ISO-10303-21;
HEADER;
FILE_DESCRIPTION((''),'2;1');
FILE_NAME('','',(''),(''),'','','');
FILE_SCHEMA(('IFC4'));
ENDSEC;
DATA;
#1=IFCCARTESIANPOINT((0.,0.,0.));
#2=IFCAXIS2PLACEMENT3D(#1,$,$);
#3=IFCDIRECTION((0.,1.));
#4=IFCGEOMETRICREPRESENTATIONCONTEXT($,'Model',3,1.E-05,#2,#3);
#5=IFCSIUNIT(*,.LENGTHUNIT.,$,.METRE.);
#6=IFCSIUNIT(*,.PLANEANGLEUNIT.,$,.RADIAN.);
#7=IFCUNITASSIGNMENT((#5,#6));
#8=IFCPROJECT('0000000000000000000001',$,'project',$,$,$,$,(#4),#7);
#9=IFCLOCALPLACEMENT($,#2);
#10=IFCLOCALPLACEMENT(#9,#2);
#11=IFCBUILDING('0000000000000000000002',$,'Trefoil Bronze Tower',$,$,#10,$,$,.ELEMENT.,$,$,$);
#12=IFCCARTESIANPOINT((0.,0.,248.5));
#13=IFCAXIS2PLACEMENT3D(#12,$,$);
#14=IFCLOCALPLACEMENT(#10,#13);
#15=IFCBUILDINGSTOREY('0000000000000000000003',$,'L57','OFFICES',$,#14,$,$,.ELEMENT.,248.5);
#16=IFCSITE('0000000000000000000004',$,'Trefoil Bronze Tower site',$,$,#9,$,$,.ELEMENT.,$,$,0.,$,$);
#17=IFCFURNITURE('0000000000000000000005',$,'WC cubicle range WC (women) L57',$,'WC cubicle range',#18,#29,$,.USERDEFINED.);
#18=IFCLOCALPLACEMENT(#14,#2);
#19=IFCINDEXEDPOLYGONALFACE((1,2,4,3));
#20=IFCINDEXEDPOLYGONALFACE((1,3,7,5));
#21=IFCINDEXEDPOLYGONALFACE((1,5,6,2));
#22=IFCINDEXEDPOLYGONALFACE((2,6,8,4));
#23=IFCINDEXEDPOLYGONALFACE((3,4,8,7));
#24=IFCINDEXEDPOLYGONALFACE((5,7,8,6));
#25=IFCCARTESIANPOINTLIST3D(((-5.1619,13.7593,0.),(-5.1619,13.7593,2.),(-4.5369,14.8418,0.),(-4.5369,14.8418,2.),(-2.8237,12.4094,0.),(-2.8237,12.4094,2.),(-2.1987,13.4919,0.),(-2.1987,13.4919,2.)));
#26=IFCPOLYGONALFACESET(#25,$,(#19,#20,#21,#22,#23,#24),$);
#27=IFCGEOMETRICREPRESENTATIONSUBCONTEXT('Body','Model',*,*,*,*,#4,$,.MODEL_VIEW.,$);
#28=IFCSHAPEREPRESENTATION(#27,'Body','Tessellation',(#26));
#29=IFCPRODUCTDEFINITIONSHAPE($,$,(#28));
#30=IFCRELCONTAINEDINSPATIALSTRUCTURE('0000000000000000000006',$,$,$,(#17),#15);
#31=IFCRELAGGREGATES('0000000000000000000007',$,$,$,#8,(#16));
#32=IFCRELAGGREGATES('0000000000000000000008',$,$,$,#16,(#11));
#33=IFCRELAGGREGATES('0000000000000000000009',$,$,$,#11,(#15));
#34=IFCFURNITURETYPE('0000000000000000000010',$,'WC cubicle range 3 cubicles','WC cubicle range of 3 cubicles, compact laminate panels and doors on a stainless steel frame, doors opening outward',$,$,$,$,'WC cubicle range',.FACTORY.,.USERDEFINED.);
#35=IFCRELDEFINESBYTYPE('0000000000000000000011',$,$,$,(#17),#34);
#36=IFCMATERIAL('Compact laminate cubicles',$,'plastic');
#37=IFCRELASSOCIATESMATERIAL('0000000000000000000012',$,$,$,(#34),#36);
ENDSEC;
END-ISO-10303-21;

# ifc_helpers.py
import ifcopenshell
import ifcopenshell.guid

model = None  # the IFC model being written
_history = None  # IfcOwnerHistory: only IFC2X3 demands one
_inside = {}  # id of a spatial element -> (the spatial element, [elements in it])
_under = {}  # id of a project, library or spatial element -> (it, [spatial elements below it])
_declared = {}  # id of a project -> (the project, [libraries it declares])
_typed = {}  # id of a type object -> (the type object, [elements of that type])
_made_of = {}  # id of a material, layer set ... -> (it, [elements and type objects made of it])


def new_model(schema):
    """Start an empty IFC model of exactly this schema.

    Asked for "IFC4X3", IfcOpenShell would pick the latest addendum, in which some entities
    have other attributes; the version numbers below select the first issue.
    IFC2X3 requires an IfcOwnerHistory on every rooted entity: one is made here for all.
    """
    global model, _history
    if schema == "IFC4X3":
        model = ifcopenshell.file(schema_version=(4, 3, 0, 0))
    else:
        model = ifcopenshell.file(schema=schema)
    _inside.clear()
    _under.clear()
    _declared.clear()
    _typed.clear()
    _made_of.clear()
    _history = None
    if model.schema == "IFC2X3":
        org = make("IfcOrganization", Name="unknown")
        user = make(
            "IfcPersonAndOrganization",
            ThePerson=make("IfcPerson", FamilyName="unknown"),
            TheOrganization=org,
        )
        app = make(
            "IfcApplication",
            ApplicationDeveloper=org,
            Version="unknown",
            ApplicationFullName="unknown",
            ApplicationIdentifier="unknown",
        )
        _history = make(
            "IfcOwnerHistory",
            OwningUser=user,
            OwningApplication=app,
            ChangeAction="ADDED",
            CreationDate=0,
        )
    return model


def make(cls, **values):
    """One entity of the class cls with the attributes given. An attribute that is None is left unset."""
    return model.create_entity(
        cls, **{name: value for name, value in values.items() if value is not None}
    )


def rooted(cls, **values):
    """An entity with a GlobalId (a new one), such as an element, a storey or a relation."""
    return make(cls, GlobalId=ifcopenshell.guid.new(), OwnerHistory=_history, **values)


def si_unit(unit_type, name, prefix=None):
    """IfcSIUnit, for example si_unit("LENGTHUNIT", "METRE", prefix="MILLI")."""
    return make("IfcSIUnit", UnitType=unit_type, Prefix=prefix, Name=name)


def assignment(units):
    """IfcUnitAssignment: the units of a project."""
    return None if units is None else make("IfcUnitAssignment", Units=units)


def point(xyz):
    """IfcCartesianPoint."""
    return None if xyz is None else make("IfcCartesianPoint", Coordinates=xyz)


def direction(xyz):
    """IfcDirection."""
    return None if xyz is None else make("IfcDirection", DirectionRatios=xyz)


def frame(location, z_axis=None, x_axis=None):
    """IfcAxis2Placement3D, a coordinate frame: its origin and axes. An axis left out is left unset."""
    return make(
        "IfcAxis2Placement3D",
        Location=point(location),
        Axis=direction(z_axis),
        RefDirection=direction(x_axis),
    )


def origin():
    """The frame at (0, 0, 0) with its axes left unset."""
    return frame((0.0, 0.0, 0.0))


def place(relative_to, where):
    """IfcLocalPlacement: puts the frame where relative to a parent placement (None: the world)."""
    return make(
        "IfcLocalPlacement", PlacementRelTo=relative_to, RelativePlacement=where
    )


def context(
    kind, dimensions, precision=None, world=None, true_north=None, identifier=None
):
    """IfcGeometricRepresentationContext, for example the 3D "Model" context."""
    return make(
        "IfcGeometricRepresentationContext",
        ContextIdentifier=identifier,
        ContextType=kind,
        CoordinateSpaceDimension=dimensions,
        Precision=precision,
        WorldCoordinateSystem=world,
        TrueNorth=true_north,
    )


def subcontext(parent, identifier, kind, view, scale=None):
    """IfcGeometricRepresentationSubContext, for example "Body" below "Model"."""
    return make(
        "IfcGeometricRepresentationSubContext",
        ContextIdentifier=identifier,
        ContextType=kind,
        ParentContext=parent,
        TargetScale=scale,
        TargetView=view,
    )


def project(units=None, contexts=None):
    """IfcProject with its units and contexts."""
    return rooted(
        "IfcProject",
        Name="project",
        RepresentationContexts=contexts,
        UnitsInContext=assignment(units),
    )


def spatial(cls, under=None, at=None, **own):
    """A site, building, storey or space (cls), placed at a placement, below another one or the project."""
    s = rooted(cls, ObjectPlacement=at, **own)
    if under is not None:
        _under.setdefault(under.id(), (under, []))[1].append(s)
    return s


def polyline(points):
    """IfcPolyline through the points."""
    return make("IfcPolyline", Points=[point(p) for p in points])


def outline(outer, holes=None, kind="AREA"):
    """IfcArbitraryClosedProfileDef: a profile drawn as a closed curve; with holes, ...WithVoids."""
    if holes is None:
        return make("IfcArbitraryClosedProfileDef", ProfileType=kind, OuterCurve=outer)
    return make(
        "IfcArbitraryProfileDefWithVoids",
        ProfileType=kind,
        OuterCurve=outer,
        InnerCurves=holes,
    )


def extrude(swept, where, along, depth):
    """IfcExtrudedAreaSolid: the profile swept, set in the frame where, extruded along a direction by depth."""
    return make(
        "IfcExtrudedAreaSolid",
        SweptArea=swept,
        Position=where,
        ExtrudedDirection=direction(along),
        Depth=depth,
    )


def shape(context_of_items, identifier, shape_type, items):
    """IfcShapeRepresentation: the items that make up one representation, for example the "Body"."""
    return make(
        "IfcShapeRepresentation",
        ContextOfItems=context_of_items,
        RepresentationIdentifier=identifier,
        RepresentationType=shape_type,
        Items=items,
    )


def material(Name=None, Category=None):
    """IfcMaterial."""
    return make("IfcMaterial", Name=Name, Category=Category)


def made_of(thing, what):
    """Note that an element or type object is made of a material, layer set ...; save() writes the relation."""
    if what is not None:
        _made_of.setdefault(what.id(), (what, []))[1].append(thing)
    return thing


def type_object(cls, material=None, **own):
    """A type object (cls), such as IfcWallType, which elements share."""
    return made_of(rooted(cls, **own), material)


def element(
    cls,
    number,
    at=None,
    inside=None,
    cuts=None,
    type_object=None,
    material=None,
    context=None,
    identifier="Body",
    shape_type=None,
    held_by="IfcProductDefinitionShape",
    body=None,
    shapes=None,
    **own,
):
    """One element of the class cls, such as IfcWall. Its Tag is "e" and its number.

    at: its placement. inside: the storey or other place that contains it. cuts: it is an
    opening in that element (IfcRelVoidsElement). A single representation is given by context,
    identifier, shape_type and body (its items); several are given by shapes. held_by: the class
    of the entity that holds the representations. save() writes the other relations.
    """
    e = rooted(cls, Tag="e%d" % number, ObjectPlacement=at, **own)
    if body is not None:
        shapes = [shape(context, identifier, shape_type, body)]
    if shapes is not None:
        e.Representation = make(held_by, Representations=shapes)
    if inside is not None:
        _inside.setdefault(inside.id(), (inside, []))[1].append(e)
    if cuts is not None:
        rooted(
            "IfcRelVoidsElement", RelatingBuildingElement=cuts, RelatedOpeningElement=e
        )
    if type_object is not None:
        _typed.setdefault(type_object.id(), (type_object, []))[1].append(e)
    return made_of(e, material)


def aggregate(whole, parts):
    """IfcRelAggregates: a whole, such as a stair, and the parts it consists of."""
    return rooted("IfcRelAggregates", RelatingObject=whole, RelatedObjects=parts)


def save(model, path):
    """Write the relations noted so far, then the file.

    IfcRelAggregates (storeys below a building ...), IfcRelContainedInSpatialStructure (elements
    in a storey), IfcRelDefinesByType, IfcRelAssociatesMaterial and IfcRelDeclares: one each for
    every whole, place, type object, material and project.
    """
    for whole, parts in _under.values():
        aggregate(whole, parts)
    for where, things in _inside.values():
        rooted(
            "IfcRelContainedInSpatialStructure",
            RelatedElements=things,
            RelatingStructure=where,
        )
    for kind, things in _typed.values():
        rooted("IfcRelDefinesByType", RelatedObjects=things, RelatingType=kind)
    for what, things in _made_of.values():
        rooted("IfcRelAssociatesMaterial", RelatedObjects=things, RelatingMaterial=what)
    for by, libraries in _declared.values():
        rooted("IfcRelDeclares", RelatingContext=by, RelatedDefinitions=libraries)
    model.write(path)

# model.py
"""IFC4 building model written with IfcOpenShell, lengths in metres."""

from ifc_helpers import new_model, si_unit, direction, frame, origin, place, context, subcontext, project, spatial, polyline, outline, extrude, material, type_object, element, save


model = new_model("IFC4")

# Units and contexts
model_context = context("Model", 3, precision=1e-05, world=origin(), true_north=direction((0.0, 1.0)))
body_context = subcontext(model_context, "Body", "Model", "MODEL_VIEW")
ifc_project = project(units=[si_unit("LENGTHUNIT", "METRE"), si_unit("PLANEANGLEUNIT", "RADIAN")], contexts=[model_context])

# Site, building, storey
site_placement = place(None, origin())
site = spatial("IfcSite", under=ifc_project, at=site_placement, Name="Trefoil Bronze Tower site", CompositionType="ELEMENT", RefElevation=0.0)
building_placement = place(site_placement, origin())
building = spatial("IfcBuilding", under=site, at=building_placement, Name="Trefoil Bronze Tower", CompositionType="ELEMENT")
storey_placement = place(building_placement, frame((0.0, 0.0, 248.5)))
storey = spatial("IfcBuildingStorey", under=building, at=storey_placement, Name="L57", Description="OFFICES", CompositionType="ELEMENT", Elevation=248.5)

# Furniture
ifc_material_1 = material(Name="Compact laminate cubicles", Category="plastic")
furniture_type_1 = type_object("IfcFurnitureType", Name="WC cubicle range 3 cubicles", Description="WC cubicle range of 3 cubicles, compact laminate panels and doors on a stainless steel frame, doors opening outward", ElementType="WC cubicle range", AssemblyPlace="FACTORY", PredefinedType="USERDEFINED", material=ifc_material_1)
furniture_1_placement = place(storey_placement, origin())
element("IfcFurniture", 1, at=furniture_1_placement, inside=storey, type_object=furniture_type_1, Name="WC cubicle range WC (women) L57", ObjectType="WC cubicle range", PredefinedType="USERDEFINED", context=body_context, shape_type="SweptSolid", body=[
    extrude(outline(polyline([(-2.8237, 12.4094), (-2.1987, 13.4919), (-4.5369, 14.8418), (-5.1619, 13.7593), (-2.8237, 12.4094)])), origin(), (0.0, 0.0, 1.0), 2.0),
])

save(model, "model.ifc")
